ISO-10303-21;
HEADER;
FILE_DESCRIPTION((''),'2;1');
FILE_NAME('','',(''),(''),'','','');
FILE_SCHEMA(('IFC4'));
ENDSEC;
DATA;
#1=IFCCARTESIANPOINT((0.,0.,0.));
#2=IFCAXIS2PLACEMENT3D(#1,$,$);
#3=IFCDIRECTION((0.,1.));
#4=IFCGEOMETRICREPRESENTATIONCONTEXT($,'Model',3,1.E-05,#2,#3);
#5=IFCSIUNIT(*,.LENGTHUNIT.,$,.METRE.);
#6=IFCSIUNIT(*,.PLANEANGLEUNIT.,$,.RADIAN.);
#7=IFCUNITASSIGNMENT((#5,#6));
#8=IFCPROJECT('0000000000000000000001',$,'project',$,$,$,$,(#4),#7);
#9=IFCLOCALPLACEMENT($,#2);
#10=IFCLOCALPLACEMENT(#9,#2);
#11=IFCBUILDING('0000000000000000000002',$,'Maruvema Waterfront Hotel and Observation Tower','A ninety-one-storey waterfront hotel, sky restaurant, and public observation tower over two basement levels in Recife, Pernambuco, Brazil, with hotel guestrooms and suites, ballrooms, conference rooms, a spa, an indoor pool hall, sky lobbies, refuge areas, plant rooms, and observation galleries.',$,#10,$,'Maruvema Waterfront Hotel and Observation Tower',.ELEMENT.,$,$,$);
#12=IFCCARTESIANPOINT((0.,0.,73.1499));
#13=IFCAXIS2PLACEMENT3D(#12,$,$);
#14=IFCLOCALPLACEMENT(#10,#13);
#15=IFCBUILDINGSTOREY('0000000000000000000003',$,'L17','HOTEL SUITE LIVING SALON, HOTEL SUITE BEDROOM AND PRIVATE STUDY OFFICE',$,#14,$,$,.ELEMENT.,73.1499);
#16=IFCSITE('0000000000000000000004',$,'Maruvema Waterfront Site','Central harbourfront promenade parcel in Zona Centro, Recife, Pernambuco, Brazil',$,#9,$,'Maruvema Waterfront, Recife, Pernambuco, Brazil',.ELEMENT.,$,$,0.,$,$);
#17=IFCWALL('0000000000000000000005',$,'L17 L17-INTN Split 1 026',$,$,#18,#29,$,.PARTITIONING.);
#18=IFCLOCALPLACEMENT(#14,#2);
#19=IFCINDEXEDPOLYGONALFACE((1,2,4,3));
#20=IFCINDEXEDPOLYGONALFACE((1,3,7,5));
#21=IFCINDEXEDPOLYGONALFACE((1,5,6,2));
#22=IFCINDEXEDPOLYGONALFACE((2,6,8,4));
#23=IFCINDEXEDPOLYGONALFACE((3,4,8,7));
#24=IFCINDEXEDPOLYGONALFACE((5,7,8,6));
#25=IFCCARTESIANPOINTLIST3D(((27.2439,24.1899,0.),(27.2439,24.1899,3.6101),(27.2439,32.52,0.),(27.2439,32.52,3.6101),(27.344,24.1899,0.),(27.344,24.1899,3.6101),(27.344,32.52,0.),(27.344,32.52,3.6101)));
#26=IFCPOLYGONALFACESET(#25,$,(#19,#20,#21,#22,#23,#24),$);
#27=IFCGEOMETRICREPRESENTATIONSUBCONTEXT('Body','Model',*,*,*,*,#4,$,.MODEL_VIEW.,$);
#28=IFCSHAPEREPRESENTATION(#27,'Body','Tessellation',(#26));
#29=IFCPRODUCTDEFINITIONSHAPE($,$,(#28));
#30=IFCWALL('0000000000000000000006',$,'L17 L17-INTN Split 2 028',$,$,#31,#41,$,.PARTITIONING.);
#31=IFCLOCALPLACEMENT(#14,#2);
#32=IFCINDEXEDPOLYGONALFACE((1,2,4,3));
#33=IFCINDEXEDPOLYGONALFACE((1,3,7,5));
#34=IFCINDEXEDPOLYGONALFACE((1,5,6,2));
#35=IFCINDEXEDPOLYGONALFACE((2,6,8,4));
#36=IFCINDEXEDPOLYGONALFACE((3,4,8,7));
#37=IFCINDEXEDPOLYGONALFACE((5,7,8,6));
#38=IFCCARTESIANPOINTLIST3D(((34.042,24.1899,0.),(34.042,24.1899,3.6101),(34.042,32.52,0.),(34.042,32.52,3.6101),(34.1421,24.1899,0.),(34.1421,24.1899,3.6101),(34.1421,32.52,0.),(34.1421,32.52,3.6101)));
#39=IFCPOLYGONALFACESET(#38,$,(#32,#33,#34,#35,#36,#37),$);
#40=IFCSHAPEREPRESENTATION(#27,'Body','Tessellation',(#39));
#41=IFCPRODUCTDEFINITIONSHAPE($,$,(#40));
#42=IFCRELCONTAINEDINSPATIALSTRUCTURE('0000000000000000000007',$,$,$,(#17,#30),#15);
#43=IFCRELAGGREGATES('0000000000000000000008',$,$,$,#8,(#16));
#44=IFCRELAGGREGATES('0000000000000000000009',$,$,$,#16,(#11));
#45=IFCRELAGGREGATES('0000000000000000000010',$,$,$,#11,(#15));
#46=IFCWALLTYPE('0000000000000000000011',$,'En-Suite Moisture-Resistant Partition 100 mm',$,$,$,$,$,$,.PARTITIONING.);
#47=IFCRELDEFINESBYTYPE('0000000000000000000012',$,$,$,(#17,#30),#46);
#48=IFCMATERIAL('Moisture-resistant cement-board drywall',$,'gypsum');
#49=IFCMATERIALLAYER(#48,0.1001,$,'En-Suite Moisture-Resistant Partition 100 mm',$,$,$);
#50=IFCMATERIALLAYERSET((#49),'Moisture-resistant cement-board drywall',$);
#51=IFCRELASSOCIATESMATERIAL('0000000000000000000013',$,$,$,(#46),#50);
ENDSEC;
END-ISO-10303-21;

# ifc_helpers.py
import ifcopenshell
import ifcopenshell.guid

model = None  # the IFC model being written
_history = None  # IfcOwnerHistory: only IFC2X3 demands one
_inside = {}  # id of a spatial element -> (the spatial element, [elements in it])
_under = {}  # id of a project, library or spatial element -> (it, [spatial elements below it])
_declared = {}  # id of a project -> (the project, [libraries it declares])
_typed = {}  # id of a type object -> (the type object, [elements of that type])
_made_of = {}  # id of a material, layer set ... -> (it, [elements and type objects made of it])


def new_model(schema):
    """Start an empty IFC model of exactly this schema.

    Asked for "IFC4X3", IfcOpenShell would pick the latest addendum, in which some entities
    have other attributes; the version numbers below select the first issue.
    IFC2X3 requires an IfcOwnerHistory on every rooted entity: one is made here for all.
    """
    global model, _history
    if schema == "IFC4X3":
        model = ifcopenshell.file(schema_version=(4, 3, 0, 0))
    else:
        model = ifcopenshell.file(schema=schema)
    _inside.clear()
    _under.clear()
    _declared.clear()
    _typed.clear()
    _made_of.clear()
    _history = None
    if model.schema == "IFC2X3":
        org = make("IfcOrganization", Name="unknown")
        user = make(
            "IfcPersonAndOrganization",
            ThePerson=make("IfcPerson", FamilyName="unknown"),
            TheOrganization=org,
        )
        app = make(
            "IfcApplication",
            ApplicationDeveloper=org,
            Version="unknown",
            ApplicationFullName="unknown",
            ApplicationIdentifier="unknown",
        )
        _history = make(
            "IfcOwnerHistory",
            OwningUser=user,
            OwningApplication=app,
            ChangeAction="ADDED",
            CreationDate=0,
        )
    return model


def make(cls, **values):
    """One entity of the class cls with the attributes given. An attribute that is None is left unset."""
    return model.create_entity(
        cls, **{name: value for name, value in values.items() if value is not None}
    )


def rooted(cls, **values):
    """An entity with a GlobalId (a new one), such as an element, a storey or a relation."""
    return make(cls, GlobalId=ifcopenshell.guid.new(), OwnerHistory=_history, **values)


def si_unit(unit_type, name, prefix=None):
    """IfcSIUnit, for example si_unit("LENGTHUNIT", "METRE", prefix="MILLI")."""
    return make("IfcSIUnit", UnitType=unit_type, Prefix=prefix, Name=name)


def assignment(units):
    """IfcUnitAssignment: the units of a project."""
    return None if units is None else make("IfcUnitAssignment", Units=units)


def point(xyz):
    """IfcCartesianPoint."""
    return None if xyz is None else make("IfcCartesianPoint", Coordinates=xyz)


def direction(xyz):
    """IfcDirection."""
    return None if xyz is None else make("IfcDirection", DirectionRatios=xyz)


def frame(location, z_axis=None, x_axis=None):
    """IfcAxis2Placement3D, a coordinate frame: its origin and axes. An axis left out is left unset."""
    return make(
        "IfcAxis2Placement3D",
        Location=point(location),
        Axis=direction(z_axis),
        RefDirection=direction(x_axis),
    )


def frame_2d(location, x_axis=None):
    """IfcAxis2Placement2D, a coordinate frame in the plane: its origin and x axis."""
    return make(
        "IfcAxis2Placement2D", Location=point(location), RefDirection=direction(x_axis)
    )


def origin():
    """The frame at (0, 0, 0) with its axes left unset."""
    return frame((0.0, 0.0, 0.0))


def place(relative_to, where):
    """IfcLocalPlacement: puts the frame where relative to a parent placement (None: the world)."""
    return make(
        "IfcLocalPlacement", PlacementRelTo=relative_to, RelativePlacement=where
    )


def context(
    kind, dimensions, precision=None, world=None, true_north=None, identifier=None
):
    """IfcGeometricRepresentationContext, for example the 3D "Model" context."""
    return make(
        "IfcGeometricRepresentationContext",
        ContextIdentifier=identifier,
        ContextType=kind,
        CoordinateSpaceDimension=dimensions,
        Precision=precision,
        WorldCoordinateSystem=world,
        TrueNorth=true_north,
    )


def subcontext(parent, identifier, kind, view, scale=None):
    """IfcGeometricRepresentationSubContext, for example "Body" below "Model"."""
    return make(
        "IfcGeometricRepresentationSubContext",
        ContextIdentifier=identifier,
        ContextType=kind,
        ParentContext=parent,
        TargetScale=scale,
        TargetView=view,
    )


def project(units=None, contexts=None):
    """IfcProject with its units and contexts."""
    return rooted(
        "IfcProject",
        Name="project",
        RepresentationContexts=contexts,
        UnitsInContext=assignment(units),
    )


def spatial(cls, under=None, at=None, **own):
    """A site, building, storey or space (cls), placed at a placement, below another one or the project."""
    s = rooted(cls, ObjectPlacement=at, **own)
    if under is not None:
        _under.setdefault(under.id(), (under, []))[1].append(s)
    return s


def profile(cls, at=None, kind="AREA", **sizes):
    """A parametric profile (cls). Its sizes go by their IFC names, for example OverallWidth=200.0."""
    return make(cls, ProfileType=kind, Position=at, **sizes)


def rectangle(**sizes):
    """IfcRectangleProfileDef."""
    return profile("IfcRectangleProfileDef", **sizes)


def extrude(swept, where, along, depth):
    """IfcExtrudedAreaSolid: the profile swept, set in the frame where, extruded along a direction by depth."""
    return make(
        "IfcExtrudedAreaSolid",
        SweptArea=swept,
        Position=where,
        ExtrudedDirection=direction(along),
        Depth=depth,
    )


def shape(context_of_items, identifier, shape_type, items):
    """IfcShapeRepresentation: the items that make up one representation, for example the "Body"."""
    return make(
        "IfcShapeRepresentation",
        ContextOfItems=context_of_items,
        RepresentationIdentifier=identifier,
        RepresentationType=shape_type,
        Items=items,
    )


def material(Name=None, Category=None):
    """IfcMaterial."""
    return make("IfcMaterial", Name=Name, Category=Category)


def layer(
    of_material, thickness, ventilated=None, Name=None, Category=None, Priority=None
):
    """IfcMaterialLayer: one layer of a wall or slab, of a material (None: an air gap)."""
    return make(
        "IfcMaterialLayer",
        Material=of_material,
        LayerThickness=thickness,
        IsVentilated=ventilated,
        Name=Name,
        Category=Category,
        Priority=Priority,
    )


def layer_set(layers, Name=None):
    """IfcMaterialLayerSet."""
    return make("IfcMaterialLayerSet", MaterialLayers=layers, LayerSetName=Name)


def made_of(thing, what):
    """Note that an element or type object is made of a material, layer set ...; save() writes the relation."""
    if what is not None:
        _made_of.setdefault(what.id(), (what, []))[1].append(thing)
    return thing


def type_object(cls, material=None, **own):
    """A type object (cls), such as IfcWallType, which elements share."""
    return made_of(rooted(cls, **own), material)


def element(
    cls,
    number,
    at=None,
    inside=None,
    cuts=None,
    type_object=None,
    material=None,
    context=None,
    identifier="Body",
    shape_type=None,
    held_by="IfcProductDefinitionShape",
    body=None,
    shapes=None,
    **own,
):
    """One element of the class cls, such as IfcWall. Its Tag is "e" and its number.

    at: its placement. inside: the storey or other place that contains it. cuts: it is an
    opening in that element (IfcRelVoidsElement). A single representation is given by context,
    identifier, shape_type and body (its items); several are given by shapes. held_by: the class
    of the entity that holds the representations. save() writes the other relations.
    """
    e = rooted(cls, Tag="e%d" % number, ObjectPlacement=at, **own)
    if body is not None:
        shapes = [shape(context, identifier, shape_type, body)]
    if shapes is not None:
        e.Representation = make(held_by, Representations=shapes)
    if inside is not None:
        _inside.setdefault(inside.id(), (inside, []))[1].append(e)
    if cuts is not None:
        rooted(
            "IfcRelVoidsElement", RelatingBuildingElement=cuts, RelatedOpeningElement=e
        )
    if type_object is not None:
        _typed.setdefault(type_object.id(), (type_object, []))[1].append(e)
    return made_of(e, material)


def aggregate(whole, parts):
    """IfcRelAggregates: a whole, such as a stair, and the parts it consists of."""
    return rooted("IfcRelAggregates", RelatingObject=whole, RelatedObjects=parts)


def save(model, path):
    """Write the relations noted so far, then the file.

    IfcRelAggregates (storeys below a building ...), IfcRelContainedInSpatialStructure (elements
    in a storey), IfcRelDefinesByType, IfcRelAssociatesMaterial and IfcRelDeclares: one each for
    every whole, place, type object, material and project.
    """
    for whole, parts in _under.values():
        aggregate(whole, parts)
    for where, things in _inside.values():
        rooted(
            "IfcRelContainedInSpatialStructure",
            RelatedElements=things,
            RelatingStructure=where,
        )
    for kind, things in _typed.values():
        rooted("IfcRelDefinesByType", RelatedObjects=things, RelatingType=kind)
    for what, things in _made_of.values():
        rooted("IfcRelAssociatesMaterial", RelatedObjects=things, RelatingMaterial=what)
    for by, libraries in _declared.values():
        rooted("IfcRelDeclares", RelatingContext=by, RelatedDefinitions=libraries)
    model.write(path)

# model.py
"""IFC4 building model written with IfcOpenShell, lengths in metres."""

from ifc_helpers import new_model, si_unit, direction, frame, frame_2d, origin, place, context, subcontext, project, spatial, rectangle, extrude, material, layer, layer_set, type_object, element, save


model = new_model("IFC4")

# Units and contexts
model_context = context("Model", 3, precision=1e-05, world=origin(), true_north=direction((0.0, 1.0)))
body_context = subcontext(model_context, "Body", "Model", "MODEL_VIEW")
ifc_project = project(units=[si_unit("LENGTHUNIT", "METRE"), si_unit("PLANEANGLEUNIT", "RADIAN")], contexts=[model_context])

# Site, building, storey
site_placement = place(None, origin())
site = spatial("IfcSite", under=ifc_project, at=site_placement, Name="Maruvema Waterfront Site", Description="Central harbourfront promenade parcel in Zona Centro, Recife, Pernambuco, Brazil", LongName="Maruvema Waterfront, Recife, Pernambuco, Brazil", CompositionType="ELEMENT", RefElevation=0.0)
building_placement = place(site_placement, origin())
building = spatial("IfcBuilding", under=site, at=building_placement, Name="Maruvema Waterfront Hotel and Observation Tower", Description="A ninety-one-storey waterfront hotel, sky restaurant, and public observation tower over two basement levels in Recife, Pernambuco, Brazil, with hotel guestrooms and suites, ballrooms, conference rooms, a spa, an indoor pool hall, sky lobbies, refuge areas, plant rooms, and observation galleries.", LongName="Maruvema Waterfront Hotel and Observation Tower", CompositionType="ELEMENT")
storey_placement = place(building_placement, frame((0.0, 0.0, 73.1499)))
storey = spatial("IfcBuildingStorey", under=building, at=storey_placement, Name="L17", Description="HOTEL SUITE LIVING SALON, HOTEL SUITE BEDROOM AND PRIVATE STUDY OFFICE", CompositionType="ELEMENT", Elevation=73.1499)

# Walls
ifc_material_1 = material(Name="Moisture-resistant cement-board drywall", Category="gypsum")
ifc_layer_1 = layer(ifc_material_1, 0.1001, Name="En-Suite Moisture-Resistant Partition 100 mm")
ifc_layer_set_1 = layer_set([ifc_layer_1], Name="Moisture-resistant cement-board drywall")
wall_type_1 = type_object("IfcWallType", Name="En-Suite Moisture-Resistant Partition 100 mm", PredefinedType="PARTITIONING", material=ifc_layer_set_1)
for number, where, z_axis, x_axis, name in (
    (1, (27.2939, 24.1899, 0.0), (0.0, 0.0, 1.0), (0.0, 1.0, 0.0), "L17 L17-INTN Split 1 026"),
    (2, (34.092, 24.1899, 0.0), (0.0, 0.0, 1.0), (0.0, 1.0, 0.0), "L17 L17-INTN Split 2 028"),
):
    element("IfcWall", number, at=place(storey_placement, frame(where, z_axis=z_axis, x_axis=x_axis)), inside=storey, type_object=wall_type_1, Name=name, PredefinedType="PARTITIONING", context=body_context, shape_type="SweptSolid", body=[
        extrude(rectangle(XDim=8.3301, YDim=0.1001, at=frame_2d((4.165, 0.0))), origin(), (0.0, 0.0, 1.0), 3.6101),
    ])

save(model, "model.ifc")
